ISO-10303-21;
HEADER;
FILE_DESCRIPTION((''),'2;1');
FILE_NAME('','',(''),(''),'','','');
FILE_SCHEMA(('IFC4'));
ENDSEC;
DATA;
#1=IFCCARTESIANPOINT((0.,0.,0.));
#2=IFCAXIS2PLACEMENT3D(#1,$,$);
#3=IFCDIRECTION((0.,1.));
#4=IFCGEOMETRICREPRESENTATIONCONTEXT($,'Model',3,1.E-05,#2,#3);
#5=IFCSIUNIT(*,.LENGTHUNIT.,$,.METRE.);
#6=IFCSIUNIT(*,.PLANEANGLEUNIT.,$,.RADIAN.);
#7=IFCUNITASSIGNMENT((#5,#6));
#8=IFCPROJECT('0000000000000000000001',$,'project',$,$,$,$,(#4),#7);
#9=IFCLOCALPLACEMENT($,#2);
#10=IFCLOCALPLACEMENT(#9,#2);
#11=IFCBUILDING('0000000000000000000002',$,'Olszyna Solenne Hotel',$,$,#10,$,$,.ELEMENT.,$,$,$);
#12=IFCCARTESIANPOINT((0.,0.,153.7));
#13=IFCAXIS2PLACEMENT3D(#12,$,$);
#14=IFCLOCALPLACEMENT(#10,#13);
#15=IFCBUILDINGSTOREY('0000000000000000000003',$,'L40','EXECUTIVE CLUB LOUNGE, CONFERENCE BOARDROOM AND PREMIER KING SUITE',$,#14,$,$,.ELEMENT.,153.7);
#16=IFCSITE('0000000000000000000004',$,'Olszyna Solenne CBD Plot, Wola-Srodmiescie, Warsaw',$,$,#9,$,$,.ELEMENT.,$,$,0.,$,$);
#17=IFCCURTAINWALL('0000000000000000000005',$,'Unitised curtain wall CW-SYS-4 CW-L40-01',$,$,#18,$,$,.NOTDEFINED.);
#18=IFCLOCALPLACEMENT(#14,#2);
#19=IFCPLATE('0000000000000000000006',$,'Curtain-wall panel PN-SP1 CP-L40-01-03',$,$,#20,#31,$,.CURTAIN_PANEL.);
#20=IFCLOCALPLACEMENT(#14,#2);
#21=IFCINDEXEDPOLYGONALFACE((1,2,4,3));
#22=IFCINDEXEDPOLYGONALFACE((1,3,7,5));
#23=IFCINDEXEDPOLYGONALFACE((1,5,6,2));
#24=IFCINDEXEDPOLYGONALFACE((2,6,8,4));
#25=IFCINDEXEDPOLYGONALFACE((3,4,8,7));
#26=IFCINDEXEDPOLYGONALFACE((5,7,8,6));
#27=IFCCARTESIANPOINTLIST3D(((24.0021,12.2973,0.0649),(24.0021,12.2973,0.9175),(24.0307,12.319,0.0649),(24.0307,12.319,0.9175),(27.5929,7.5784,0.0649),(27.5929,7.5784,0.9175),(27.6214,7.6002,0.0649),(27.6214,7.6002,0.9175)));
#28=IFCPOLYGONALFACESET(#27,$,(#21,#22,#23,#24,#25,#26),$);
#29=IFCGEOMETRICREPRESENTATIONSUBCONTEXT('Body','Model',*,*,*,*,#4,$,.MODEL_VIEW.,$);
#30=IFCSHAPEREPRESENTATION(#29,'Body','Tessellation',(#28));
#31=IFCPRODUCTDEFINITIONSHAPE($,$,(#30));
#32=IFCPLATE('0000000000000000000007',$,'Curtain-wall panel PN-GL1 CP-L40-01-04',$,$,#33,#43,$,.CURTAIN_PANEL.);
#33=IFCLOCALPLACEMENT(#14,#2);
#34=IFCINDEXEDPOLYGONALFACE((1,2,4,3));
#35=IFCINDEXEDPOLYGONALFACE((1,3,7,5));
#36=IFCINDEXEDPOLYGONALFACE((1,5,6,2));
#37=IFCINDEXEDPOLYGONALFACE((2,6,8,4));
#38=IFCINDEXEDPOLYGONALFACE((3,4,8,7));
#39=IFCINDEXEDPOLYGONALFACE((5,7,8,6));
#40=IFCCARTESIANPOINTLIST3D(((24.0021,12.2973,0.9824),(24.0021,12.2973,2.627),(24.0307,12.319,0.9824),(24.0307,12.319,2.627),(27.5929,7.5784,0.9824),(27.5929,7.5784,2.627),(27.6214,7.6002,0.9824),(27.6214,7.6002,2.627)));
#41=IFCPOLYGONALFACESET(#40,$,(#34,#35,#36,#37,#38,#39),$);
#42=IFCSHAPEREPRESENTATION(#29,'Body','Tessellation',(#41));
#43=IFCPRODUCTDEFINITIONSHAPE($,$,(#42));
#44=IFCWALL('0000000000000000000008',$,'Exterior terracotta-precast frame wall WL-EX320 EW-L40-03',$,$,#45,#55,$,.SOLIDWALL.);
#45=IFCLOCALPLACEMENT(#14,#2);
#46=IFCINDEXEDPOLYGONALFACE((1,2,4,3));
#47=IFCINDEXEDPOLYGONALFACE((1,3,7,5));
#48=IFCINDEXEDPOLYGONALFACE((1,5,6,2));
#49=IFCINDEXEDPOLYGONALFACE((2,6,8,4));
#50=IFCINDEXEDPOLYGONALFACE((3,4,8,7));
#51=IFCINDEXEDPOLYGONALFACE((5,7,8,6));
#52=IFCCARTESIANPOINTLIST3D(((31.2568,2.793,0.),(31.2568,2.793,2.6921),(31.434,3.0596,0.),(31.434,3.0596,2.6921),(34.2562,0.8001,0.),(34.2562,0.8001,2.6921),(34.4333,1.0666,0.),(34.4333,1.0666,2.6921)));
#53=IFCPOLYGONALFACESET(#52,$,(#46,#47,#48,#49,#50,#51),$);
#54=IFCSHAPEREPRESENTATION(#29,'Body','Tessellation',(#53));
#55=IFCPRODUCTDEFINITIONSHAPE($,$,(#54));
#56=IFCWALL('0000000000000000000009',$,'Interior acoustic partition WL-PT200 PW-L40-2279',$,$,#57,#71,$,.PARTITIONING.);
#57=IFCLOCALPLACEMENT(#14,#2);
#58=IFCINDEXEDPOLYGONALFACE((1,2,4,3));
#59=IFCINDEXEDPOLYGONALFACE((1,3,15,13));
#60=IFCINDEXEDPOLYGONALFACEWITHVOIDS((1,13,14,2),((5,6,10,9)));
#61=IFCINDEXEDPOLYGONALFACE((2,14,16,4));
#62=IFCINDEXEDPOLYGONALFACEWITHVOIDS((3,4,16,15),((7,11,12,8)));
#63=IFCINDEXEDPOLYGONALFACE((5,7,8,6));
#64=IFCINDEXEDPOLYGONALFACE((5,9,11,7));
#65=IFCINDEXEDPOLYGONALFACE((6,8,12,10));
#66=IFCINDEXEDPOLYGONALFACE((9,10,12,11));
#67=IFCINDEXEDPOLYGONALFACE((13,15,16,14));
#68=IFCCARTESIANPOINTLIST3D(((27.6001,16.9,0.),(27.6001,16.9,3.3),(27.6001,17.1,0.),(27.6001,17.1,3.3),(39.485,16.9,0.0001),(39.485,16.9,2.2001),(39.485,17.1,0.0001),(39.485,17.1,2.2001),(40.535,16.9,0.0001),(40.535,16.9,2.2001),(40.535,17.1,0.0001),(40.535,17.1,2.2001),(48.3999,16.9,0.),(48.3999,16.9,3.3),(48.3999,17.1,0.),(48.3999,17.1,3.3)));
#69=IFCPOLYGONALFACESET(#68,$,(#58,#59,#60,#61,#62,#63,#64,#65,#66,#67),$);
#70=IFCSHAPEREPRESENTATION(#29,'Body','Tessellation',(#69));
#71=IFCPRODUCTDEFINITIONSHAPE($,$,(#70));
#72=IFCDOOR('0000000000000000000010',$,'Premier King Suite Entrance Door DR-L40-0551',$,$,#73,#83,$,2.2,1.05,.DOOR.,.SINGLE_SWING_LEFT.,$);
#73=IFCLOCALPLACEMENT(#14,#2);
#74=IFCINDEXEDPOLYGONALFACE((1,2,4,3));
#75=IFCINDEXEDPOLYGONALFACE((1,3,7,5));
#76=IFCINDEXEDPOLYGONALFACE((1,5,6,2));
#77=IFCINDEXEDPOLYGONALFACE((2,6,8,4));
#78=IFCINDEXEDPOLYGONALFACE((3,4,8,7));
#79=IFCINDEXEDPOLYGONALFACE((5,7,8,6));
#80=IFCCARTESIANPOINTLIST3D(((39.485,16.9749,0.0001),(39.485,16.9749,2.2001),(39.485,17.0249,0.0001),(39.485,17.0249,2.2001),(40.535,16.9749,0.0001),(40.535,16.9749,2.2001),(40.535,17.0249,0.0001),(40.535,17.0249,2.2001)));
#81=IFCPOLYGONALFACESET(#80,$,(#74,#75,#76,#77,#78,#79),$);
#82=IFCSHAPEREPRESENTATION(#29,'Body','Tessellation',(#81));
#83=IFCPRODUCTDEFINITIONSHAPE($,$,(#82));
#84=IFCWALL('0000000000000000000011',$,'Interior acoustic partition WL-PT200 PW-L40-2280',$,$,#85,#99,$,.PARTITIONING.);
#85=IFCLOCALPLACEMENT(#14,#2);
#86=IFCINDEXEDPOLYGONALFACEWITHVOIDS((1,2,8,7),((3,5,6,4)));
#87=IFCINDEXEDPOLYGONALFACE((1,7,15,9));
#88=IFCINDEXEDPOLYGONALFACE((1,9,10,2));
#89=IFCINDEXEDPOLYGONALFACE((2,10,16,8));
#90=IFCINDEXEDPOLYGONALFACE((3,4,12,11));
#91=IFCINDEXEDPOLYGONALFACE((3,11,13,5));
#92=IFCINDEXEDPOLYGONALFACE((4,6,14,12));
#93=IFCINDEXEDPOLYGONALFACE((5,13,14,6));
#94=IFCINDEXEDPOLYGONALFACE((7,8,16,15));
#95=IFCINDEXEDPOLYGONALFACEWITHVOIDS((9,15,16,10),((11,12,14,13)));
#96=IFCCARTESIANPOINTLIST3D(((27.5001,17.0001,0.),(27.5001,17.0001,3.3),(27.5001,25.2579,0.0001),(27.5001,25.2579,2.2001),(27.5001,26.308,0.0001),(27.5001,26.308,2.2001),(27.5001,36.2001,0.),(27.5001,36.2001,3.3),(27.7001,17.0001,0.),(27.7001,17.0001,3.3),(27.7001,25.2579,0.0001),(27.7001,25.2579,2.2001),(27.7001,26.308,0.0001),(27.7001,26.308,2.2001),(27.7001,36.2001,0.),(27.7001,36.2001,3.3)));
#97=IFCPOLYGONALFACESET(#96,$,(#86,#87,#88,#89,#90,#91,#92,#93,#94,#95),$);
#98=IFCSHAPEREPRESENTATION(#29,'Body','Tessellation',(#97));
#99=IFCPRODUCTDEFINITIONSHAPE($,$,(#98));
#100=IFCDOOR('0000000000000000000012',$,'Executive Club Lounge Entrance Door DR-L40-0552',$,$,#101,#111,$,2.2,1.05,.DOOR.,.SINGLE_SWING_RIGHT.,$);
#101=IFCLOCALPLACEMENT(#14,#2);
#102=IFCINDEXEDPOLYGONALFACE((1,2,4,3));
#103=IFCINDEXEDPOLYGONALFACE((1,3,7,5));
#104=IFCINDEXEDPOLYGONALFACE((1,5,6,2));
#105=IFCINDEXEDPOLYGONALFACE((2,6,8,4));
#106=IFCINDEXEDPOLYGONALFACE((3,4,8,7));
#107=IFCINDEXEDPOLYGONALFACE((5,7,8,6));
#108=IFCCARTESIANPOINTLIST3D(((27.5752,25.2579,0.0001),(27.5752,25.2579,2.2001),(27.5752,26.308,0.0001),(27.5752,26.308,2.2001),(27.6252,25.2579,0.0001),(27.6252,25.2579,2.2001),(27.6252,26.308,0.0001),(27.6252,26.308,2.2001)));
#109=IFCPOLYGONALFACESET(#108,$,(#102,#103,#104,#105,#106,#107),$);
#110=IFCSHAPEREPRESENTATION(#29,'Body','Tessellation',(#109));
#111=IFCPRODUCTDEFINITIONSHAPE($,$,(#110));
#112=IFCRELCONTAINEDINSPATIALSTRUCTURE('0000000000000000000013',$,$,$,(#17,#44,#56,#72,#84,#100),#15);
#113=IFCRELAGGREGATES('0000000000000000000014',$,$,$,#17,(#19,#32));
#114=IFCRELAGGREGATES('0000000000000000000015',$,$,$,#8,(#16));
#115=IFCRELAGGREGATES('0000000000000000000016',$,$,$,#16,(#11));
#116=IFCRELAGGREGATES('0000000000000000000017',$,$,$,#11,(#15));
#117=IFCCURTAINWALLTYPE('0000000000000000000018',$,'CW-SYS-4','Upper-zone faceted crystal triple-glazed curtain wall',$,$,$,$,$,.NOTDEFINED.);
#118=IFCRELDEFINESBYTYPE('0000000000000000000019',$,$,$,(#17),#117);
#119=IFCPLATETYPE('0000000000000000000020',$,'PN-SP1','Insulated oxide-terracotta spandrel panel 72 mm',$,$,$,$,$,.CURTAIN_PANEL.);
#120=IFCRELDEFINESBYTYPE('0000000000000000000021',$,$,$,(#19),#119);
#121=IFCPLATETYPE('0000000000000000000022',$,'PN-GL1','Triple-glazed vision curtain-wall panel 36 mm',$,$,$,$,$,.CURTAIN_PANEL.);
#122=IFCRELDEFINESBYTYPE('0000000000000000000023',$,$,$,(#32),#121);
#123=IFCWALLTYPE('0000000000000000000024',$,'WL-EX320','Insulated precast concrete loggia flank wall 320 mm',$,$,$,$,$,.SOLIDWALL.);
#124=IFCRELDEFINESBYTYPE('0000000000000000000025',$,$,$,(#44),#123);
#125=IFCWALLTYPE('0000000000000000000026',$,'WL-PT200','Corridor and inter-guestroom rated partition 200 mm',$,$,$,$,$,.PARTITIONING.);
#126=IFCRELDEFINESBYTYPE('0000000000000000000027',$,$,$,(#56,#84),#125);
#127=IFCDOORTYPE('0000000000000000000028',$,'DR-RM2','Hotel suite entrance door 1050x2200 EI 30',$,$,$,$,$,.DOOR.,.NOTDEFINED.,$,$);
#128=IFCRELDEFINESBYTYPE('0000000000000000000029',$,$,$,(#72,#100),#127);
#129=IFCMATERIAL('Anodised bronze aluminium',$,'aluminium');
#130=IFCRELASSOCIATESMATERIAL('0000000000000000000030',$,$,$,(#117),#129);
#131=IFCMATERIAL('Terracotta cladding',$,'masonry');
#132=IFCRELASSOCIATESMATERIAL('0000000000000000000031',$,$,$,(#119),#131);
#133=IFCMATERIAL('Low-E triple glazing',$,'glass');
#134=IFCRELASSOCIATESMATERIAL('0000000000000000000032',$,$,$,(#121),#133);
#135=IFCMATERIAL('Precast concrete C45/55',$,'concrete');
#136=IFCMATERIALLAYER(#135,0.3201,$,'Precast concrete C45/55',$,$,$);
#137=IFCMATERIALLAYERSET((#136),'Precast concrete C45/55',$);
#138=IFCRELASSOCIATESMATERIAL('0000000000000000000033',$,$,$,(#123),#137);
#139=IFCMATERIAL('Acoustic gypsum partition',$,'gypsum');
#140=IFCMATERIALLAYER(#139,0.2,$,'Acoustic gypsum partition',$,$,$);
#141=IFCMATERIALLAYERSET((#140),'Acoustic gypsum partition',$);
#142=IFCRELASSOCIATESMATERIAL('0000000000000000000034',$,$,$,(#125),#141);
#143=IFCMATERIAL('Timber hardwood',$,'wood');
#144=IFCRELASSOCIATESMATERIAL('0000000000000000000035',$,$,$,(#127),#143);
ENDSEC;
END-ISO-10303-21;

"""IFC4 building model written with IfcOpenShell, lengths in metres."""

from ifc_helpers import new_model, si_unit, direction, frame, frame_2d, origin, origin_2d, place, context, subcontext, project, spatial, rectangle, extrude, source, transform, mapped, material, layer, layer_set, type_object, type_shapes, element, fill, aggregate, save


model = new_model("IFC4")

# Units and contexts
model_context = context("Model", 3, precision=1e-05, world=origin(), true_north=direction((0.0, 1.0)))
body_context = subcontext(model_context, "Body", "Model", "MODEL_VIEW")
ifc_project = project(units=[si_unit("LENGTHUNIT", "METRE"), si_unit("PLANEANGLEUNIT", "RADIAN")], contexts=[model_context])

# Site, building, storey
site_placement = place(None, origin())
site = spatial("IfcSite", under=ifc_project, at=site_placement, Name="Olszyna Solenne CBD Plot, Wola-Srodmiescie, Warsaw", CompositionType="ELEMENT", RefElevation=0.0)
building_placement = place(site_placement, origin())
building = spatial("IfcBuilding", under=site, at=building_placement, Name="Olszyna Solenne Hotel", CompositionType="ELEMENT")
storey_placement = place(building_placement, frame((0.0, 0.0, 153.7)))
storey = spatial("IfcBuildingStorey", under=building, at=storey_placement, Name="L40", Description="EXECUTIVE CLUB LOUNGE, CONFERENCE BOARDROOM AND PREMIER KING SUITE", CompositionType="ELEMENT", Elevation=153.7)

# Curtain wall
ifc_material_1 = material(Name="Anodised bronze aluminium", Category="aluminium")
curtain_wall_type = type_object("IfcCurtainWallType", Name="CW-SYS-4", Description="Upper-zone faceted crystal triple-glazed curtain wall", PredefinedType="NOTDEFINED", material=ifc_material_1)
curtain_wall_placement = place(storey_placement, origin())
curtain_wall = element("IfcCurtainWall", 1, at=curtain_wall_placement, inside=storey, type_object=curtain_wall_type, Name="Unitised curtain wall CW-SYS-4 CW-L40-01", PredefinedType="NOTDEFINED")

# Plates
ifc_material_2 = material(Name="Terracotta cladding", Category="masonry")
plate_type_1 = type_object("IfcPlateType", Name="PN-SP1", Description="Insulated oxide-terracotta spandrel panel 72 mm", PredefinedType="CURTAIN_PANEL", material=ifc_material_2)
ifc_material_3 = material(Name="Low-E triple glazing", Category="glass")
plate_type_2 = type_object("IfcPlateType", Name="PN-GL1", Description="Triple-glazed vision curtain-wall panel 36 mm", PredefinedType="CURTAIN_PANEL", material=ifc_material_3)
shared_shape_1 = source(origin(), body_context, "Body", "SweptSolid", [
    extrude(rectangle(XDim=5.9297, YDim=0.0359, at=origin_2d()), origin(), (0.0, 0.0, 1.0), 0.8525),
])
plate_1_placement = place(storey_placement, frame((25.8118, 9.9487, 0.0649), z_axis=(0.0, 0.0, 1.0), x_axis=(0.605559, -0.7958, 0.0)))
plate_1 = element("IfcPlate", 2, at=plate_1_placement, type_object=plate_type_1, Name="Curtain-wall panel PN-SP1 CP-L40-01-03", PredefinedType="CURTAIN_PANEL", context=body_context, shape_type="MappedRepresentation", body=[
    mapped(shared_shape_1, transform((0.0, 0.0, 0.0), x_axis=(1.0, 0.0, 0.0), y_axis=(0.0, 1.0, 0.0), z_axis=(0.0, 0.0, 1.0), scale=1.0)),
])
shared_shape_2 = source(origin(), body_context, "Body", "SweptSolid", [
    extrude(rectangle(XDim=5.9297, YDim=0.0359, at=origin_2d()), origin(), (0.0, 0.0, 1.0), 1.6445),
])
plate_2_placement = place(storey_placement, frame((25.8118, 9.9487, 0.9824), z_axis=(0.0, 0.0, 1.0), x_axis=(0.605559, -0.7958, 0.0)))
plate_2 = element("IfcPlate", 3, at=plate_2_placement, type_object=plate_type_2, Name="Curtain-wall panel PN-GL1 CP-L40-01-04", PredefinedType="CURTAIN_PANEL", context=body_context, shape_type="MappedRepresentation", body=[
    mapped(shared_shape_2, transform((0.0, 0.0, 0.0), x_axis=(1.0, 0.0, 0.0), y_axis=(0.0, 1.0, 0.0), z_axis=(0.0, 0.0, 1.0), scale=1.0)),
])
aggregate(curtain_wall, [plate_1, plate_2])

# Wall
ifc_material_4 = material(Name="Precast concrete C45/55", Category="concrete")
ifc_layer_1 = layer(ifc_material_4, 0.3201, Name="Precast concrete C45/55")
ifc_layer_set_1 = layer_set([ifc_layer_1], Name="Precast concrete C45/55")
wall_type_1 = type_object("IfcWallType", Name="WL-EX320", Description="Insulated precast concrete loggia flank wall 320 mm", PredefinedType="SOLIDWALL", material=ifc_layer_set_1)
wall_1_placement = place(storey_placement, frame((34.3447, 0.9333, 0.0), z_axis=(0.0, 0.0, 1.0), x_axis=(-0.832894, 0.553432, 0.0)))
element("IfcWall", 4, at=wall_1_placement, inside=storey, type_object=wall_type_1, Name="Exterior terracotta-precast frame wall WL-EX320 EW-L40-03", PredefinedType="SOLIDWALL", context=body_context, shape_type="SweptSolid", body=[
    extrude(rectangle(XDim=3.6011, YDim=0.3201, at=frame_2d((1.8005, 0.0))), origin(), (0.0, 0.0, 1.0), 2.6921),
])

# Walls, openings, doors
ifc_material_5 = material(Name="Acoustic gypsum partition", Category="gypsum")
ifc_layer_2 = layer(ifc_material_5, 0.2, Name="Acoustic gypsum partition")
ifc_layer_set_2 = layer_set([ifc_layer_2], Name="Acoustic gypsum partition")
wall_type_2 = type_object("IfcWallType", Name="WL-PT200", Description="Corridor and inter-guestroom rated partition 200 mm", PredefinedType="PARTITIONING", material=ifc_layer_set_2)
wall_2_placement = place(storey_placement, frame((27.6001, 17.0, 0.0), z_axis=(0.0, 0.0, 1.0), x_axis=(1.0, 0.0, 0.0)))
wall_2 = element("IfcWall", 5, at=wall_2_placement, inside=storey, type_object=wall_type_2, Name="Interior acoustic partition WL-PT200 PW-L40-2279", PredefinedType="PARTITIONING", context=body_context, shape_type="SweptSolid", body=[
    extrude(rectangle(XDim=20.7998, YDim=0.2, at=frame_2d((10.3999, 0.0))), origin(), (0.0, 0.0, 1.0), 3.3),
])
opening_1_placement = place(wall_2_placement, frame((11.885, 0.0, 0.0)))
opening_1 = element("IfcOpeningElement", 6, at=opening_1_placement, cuts=wall_2, PredefinedType="OPENING", context=body_context, shape_type="SweptSolid", body=[
    extrude(rectangle(XDim=1.05, YDim=2.2, at=frame_2d((0.5249, 1.1001))), frame((0.0, 0.1099, 0.0), z_axis=(0.0, -1.0, 0.0), x_axis=(1.0, 0.0, 0.0)), (0.0, 0.0, 1.0), 0.22),
])
ifc_material_6 = material(Name="Timber hardwood", Category="wood")
door_type = type_object("IfcDoorType", Name="DR-RM2", Description="Hotel suite entrance door 1050x2200 EI 30", OperationType="NOTDEFINED", PredefinedType="DOOR", material=ifc_material_6)
shared_shape_3 = source(origin(), body_context, "Body", "SweptSolid", [
    extrude(rectangle(XDim=1.05, YDim=2.2, at=frame_2d((0.5249, 1.1001))), frame((0.0, 0.0249, 0.0), z_axis=(0.0, -1.0, 0.0), x_axis=(1.0, 0.0, 0.0)), (0.0, 0.0, 1.0), 0.05),
])
type_shapes(door_type, [shared_shape_3])
door_1_placement = place(opening_1_placement, origin())
door_1 = element("IfcDoor", 7, at=door_1_placement, inside=storey, type_object=door_type, Name="Premier King Suite Entrance Door DR-L40-0551", OperationType="SINGLE_SWING_LEFT", OverallHeight=2.2, OverallWidth=1.05, PredefinedType="DOOR", context=body_context, shape_type="MappedRepresentation", body=[
    mapped(shared_shape_3, transform((0.0, 0.0, 0.0), x_axis=(1.0, 0.0, 0.0), y_axis=(0.0, 1.0, 0.0), z_axis=(0.0, 0.0, 1.0), scale=1.0)),
])
fill(opening_1, door_1)
wall_3_placement = place(storey_placement, frame((27.6001, 17.0, 0.0), z_axis=(0.0, 0.0, 1.0), x_axis=(0.0, 1.0, 0.0)))
wall_3 = element("IfcWall", 8, at=wall_3_placement, inside=storey, type_object=wall_type_2, Name="Interior acoustic partition WL-PT200 PW-L40-2280", PredefinedType="PARTITIONING", context=body_context, shape_type="SweptSolid", body=[
    extrude(rectangle(XDim=19.2, YDim=0.2, at=frame_2d((9.6001, 0.0))), origin(), (0.0, 0.0, 1.0), 3.3),
])
opening_2_placement = place(wall_3_placement, frame((8.2581, 0.0, 0.0)))
opening_2 = element("IfcOpeningElement", 9, at=opening_2_placement, cuts=wall_3, PredefinedType="OPENING", context=body_context, shape_type="SweptSolid", body=[
    extrude(rectangle(XDim=1.05, YDim=2.2, at=frame_2d((0.5249, 1.1001))), frame((0.0, 0.1099, 0.0), z_axis=(0.0, -1.0, 0.0), x_axis=(1.0, 0.0, 0.0)), (0.0, 0.0, 1.0), 0.22),
])
door_2_placement = place(opening_2_placement, origin())
door_2 = element("IfcDoor", 10, at=door_2_placement, inside=storey, type_object=door_type, Name="Executive Club Lounge Entrance Door DR-L40-0552", OperationType="SINGLE_SWING_RIGHT", OverallHeight=2.2, OverallWidth=1.05, PredefinedType="DOOR", context=body_context, shape_type="MappedRepresentation", body=[
    mapped(shared_shape_3, transform((0.0, 0.0, 0.0), x_axis=(1.0, 0.0, 0.0), y_axis=(0.0, 1.0, 0.0), z_axis=(0.0, 0.0, 1.0), scale=1.0)),
])
fill(opening_2, door_2)

save(model, "model.ifc")
